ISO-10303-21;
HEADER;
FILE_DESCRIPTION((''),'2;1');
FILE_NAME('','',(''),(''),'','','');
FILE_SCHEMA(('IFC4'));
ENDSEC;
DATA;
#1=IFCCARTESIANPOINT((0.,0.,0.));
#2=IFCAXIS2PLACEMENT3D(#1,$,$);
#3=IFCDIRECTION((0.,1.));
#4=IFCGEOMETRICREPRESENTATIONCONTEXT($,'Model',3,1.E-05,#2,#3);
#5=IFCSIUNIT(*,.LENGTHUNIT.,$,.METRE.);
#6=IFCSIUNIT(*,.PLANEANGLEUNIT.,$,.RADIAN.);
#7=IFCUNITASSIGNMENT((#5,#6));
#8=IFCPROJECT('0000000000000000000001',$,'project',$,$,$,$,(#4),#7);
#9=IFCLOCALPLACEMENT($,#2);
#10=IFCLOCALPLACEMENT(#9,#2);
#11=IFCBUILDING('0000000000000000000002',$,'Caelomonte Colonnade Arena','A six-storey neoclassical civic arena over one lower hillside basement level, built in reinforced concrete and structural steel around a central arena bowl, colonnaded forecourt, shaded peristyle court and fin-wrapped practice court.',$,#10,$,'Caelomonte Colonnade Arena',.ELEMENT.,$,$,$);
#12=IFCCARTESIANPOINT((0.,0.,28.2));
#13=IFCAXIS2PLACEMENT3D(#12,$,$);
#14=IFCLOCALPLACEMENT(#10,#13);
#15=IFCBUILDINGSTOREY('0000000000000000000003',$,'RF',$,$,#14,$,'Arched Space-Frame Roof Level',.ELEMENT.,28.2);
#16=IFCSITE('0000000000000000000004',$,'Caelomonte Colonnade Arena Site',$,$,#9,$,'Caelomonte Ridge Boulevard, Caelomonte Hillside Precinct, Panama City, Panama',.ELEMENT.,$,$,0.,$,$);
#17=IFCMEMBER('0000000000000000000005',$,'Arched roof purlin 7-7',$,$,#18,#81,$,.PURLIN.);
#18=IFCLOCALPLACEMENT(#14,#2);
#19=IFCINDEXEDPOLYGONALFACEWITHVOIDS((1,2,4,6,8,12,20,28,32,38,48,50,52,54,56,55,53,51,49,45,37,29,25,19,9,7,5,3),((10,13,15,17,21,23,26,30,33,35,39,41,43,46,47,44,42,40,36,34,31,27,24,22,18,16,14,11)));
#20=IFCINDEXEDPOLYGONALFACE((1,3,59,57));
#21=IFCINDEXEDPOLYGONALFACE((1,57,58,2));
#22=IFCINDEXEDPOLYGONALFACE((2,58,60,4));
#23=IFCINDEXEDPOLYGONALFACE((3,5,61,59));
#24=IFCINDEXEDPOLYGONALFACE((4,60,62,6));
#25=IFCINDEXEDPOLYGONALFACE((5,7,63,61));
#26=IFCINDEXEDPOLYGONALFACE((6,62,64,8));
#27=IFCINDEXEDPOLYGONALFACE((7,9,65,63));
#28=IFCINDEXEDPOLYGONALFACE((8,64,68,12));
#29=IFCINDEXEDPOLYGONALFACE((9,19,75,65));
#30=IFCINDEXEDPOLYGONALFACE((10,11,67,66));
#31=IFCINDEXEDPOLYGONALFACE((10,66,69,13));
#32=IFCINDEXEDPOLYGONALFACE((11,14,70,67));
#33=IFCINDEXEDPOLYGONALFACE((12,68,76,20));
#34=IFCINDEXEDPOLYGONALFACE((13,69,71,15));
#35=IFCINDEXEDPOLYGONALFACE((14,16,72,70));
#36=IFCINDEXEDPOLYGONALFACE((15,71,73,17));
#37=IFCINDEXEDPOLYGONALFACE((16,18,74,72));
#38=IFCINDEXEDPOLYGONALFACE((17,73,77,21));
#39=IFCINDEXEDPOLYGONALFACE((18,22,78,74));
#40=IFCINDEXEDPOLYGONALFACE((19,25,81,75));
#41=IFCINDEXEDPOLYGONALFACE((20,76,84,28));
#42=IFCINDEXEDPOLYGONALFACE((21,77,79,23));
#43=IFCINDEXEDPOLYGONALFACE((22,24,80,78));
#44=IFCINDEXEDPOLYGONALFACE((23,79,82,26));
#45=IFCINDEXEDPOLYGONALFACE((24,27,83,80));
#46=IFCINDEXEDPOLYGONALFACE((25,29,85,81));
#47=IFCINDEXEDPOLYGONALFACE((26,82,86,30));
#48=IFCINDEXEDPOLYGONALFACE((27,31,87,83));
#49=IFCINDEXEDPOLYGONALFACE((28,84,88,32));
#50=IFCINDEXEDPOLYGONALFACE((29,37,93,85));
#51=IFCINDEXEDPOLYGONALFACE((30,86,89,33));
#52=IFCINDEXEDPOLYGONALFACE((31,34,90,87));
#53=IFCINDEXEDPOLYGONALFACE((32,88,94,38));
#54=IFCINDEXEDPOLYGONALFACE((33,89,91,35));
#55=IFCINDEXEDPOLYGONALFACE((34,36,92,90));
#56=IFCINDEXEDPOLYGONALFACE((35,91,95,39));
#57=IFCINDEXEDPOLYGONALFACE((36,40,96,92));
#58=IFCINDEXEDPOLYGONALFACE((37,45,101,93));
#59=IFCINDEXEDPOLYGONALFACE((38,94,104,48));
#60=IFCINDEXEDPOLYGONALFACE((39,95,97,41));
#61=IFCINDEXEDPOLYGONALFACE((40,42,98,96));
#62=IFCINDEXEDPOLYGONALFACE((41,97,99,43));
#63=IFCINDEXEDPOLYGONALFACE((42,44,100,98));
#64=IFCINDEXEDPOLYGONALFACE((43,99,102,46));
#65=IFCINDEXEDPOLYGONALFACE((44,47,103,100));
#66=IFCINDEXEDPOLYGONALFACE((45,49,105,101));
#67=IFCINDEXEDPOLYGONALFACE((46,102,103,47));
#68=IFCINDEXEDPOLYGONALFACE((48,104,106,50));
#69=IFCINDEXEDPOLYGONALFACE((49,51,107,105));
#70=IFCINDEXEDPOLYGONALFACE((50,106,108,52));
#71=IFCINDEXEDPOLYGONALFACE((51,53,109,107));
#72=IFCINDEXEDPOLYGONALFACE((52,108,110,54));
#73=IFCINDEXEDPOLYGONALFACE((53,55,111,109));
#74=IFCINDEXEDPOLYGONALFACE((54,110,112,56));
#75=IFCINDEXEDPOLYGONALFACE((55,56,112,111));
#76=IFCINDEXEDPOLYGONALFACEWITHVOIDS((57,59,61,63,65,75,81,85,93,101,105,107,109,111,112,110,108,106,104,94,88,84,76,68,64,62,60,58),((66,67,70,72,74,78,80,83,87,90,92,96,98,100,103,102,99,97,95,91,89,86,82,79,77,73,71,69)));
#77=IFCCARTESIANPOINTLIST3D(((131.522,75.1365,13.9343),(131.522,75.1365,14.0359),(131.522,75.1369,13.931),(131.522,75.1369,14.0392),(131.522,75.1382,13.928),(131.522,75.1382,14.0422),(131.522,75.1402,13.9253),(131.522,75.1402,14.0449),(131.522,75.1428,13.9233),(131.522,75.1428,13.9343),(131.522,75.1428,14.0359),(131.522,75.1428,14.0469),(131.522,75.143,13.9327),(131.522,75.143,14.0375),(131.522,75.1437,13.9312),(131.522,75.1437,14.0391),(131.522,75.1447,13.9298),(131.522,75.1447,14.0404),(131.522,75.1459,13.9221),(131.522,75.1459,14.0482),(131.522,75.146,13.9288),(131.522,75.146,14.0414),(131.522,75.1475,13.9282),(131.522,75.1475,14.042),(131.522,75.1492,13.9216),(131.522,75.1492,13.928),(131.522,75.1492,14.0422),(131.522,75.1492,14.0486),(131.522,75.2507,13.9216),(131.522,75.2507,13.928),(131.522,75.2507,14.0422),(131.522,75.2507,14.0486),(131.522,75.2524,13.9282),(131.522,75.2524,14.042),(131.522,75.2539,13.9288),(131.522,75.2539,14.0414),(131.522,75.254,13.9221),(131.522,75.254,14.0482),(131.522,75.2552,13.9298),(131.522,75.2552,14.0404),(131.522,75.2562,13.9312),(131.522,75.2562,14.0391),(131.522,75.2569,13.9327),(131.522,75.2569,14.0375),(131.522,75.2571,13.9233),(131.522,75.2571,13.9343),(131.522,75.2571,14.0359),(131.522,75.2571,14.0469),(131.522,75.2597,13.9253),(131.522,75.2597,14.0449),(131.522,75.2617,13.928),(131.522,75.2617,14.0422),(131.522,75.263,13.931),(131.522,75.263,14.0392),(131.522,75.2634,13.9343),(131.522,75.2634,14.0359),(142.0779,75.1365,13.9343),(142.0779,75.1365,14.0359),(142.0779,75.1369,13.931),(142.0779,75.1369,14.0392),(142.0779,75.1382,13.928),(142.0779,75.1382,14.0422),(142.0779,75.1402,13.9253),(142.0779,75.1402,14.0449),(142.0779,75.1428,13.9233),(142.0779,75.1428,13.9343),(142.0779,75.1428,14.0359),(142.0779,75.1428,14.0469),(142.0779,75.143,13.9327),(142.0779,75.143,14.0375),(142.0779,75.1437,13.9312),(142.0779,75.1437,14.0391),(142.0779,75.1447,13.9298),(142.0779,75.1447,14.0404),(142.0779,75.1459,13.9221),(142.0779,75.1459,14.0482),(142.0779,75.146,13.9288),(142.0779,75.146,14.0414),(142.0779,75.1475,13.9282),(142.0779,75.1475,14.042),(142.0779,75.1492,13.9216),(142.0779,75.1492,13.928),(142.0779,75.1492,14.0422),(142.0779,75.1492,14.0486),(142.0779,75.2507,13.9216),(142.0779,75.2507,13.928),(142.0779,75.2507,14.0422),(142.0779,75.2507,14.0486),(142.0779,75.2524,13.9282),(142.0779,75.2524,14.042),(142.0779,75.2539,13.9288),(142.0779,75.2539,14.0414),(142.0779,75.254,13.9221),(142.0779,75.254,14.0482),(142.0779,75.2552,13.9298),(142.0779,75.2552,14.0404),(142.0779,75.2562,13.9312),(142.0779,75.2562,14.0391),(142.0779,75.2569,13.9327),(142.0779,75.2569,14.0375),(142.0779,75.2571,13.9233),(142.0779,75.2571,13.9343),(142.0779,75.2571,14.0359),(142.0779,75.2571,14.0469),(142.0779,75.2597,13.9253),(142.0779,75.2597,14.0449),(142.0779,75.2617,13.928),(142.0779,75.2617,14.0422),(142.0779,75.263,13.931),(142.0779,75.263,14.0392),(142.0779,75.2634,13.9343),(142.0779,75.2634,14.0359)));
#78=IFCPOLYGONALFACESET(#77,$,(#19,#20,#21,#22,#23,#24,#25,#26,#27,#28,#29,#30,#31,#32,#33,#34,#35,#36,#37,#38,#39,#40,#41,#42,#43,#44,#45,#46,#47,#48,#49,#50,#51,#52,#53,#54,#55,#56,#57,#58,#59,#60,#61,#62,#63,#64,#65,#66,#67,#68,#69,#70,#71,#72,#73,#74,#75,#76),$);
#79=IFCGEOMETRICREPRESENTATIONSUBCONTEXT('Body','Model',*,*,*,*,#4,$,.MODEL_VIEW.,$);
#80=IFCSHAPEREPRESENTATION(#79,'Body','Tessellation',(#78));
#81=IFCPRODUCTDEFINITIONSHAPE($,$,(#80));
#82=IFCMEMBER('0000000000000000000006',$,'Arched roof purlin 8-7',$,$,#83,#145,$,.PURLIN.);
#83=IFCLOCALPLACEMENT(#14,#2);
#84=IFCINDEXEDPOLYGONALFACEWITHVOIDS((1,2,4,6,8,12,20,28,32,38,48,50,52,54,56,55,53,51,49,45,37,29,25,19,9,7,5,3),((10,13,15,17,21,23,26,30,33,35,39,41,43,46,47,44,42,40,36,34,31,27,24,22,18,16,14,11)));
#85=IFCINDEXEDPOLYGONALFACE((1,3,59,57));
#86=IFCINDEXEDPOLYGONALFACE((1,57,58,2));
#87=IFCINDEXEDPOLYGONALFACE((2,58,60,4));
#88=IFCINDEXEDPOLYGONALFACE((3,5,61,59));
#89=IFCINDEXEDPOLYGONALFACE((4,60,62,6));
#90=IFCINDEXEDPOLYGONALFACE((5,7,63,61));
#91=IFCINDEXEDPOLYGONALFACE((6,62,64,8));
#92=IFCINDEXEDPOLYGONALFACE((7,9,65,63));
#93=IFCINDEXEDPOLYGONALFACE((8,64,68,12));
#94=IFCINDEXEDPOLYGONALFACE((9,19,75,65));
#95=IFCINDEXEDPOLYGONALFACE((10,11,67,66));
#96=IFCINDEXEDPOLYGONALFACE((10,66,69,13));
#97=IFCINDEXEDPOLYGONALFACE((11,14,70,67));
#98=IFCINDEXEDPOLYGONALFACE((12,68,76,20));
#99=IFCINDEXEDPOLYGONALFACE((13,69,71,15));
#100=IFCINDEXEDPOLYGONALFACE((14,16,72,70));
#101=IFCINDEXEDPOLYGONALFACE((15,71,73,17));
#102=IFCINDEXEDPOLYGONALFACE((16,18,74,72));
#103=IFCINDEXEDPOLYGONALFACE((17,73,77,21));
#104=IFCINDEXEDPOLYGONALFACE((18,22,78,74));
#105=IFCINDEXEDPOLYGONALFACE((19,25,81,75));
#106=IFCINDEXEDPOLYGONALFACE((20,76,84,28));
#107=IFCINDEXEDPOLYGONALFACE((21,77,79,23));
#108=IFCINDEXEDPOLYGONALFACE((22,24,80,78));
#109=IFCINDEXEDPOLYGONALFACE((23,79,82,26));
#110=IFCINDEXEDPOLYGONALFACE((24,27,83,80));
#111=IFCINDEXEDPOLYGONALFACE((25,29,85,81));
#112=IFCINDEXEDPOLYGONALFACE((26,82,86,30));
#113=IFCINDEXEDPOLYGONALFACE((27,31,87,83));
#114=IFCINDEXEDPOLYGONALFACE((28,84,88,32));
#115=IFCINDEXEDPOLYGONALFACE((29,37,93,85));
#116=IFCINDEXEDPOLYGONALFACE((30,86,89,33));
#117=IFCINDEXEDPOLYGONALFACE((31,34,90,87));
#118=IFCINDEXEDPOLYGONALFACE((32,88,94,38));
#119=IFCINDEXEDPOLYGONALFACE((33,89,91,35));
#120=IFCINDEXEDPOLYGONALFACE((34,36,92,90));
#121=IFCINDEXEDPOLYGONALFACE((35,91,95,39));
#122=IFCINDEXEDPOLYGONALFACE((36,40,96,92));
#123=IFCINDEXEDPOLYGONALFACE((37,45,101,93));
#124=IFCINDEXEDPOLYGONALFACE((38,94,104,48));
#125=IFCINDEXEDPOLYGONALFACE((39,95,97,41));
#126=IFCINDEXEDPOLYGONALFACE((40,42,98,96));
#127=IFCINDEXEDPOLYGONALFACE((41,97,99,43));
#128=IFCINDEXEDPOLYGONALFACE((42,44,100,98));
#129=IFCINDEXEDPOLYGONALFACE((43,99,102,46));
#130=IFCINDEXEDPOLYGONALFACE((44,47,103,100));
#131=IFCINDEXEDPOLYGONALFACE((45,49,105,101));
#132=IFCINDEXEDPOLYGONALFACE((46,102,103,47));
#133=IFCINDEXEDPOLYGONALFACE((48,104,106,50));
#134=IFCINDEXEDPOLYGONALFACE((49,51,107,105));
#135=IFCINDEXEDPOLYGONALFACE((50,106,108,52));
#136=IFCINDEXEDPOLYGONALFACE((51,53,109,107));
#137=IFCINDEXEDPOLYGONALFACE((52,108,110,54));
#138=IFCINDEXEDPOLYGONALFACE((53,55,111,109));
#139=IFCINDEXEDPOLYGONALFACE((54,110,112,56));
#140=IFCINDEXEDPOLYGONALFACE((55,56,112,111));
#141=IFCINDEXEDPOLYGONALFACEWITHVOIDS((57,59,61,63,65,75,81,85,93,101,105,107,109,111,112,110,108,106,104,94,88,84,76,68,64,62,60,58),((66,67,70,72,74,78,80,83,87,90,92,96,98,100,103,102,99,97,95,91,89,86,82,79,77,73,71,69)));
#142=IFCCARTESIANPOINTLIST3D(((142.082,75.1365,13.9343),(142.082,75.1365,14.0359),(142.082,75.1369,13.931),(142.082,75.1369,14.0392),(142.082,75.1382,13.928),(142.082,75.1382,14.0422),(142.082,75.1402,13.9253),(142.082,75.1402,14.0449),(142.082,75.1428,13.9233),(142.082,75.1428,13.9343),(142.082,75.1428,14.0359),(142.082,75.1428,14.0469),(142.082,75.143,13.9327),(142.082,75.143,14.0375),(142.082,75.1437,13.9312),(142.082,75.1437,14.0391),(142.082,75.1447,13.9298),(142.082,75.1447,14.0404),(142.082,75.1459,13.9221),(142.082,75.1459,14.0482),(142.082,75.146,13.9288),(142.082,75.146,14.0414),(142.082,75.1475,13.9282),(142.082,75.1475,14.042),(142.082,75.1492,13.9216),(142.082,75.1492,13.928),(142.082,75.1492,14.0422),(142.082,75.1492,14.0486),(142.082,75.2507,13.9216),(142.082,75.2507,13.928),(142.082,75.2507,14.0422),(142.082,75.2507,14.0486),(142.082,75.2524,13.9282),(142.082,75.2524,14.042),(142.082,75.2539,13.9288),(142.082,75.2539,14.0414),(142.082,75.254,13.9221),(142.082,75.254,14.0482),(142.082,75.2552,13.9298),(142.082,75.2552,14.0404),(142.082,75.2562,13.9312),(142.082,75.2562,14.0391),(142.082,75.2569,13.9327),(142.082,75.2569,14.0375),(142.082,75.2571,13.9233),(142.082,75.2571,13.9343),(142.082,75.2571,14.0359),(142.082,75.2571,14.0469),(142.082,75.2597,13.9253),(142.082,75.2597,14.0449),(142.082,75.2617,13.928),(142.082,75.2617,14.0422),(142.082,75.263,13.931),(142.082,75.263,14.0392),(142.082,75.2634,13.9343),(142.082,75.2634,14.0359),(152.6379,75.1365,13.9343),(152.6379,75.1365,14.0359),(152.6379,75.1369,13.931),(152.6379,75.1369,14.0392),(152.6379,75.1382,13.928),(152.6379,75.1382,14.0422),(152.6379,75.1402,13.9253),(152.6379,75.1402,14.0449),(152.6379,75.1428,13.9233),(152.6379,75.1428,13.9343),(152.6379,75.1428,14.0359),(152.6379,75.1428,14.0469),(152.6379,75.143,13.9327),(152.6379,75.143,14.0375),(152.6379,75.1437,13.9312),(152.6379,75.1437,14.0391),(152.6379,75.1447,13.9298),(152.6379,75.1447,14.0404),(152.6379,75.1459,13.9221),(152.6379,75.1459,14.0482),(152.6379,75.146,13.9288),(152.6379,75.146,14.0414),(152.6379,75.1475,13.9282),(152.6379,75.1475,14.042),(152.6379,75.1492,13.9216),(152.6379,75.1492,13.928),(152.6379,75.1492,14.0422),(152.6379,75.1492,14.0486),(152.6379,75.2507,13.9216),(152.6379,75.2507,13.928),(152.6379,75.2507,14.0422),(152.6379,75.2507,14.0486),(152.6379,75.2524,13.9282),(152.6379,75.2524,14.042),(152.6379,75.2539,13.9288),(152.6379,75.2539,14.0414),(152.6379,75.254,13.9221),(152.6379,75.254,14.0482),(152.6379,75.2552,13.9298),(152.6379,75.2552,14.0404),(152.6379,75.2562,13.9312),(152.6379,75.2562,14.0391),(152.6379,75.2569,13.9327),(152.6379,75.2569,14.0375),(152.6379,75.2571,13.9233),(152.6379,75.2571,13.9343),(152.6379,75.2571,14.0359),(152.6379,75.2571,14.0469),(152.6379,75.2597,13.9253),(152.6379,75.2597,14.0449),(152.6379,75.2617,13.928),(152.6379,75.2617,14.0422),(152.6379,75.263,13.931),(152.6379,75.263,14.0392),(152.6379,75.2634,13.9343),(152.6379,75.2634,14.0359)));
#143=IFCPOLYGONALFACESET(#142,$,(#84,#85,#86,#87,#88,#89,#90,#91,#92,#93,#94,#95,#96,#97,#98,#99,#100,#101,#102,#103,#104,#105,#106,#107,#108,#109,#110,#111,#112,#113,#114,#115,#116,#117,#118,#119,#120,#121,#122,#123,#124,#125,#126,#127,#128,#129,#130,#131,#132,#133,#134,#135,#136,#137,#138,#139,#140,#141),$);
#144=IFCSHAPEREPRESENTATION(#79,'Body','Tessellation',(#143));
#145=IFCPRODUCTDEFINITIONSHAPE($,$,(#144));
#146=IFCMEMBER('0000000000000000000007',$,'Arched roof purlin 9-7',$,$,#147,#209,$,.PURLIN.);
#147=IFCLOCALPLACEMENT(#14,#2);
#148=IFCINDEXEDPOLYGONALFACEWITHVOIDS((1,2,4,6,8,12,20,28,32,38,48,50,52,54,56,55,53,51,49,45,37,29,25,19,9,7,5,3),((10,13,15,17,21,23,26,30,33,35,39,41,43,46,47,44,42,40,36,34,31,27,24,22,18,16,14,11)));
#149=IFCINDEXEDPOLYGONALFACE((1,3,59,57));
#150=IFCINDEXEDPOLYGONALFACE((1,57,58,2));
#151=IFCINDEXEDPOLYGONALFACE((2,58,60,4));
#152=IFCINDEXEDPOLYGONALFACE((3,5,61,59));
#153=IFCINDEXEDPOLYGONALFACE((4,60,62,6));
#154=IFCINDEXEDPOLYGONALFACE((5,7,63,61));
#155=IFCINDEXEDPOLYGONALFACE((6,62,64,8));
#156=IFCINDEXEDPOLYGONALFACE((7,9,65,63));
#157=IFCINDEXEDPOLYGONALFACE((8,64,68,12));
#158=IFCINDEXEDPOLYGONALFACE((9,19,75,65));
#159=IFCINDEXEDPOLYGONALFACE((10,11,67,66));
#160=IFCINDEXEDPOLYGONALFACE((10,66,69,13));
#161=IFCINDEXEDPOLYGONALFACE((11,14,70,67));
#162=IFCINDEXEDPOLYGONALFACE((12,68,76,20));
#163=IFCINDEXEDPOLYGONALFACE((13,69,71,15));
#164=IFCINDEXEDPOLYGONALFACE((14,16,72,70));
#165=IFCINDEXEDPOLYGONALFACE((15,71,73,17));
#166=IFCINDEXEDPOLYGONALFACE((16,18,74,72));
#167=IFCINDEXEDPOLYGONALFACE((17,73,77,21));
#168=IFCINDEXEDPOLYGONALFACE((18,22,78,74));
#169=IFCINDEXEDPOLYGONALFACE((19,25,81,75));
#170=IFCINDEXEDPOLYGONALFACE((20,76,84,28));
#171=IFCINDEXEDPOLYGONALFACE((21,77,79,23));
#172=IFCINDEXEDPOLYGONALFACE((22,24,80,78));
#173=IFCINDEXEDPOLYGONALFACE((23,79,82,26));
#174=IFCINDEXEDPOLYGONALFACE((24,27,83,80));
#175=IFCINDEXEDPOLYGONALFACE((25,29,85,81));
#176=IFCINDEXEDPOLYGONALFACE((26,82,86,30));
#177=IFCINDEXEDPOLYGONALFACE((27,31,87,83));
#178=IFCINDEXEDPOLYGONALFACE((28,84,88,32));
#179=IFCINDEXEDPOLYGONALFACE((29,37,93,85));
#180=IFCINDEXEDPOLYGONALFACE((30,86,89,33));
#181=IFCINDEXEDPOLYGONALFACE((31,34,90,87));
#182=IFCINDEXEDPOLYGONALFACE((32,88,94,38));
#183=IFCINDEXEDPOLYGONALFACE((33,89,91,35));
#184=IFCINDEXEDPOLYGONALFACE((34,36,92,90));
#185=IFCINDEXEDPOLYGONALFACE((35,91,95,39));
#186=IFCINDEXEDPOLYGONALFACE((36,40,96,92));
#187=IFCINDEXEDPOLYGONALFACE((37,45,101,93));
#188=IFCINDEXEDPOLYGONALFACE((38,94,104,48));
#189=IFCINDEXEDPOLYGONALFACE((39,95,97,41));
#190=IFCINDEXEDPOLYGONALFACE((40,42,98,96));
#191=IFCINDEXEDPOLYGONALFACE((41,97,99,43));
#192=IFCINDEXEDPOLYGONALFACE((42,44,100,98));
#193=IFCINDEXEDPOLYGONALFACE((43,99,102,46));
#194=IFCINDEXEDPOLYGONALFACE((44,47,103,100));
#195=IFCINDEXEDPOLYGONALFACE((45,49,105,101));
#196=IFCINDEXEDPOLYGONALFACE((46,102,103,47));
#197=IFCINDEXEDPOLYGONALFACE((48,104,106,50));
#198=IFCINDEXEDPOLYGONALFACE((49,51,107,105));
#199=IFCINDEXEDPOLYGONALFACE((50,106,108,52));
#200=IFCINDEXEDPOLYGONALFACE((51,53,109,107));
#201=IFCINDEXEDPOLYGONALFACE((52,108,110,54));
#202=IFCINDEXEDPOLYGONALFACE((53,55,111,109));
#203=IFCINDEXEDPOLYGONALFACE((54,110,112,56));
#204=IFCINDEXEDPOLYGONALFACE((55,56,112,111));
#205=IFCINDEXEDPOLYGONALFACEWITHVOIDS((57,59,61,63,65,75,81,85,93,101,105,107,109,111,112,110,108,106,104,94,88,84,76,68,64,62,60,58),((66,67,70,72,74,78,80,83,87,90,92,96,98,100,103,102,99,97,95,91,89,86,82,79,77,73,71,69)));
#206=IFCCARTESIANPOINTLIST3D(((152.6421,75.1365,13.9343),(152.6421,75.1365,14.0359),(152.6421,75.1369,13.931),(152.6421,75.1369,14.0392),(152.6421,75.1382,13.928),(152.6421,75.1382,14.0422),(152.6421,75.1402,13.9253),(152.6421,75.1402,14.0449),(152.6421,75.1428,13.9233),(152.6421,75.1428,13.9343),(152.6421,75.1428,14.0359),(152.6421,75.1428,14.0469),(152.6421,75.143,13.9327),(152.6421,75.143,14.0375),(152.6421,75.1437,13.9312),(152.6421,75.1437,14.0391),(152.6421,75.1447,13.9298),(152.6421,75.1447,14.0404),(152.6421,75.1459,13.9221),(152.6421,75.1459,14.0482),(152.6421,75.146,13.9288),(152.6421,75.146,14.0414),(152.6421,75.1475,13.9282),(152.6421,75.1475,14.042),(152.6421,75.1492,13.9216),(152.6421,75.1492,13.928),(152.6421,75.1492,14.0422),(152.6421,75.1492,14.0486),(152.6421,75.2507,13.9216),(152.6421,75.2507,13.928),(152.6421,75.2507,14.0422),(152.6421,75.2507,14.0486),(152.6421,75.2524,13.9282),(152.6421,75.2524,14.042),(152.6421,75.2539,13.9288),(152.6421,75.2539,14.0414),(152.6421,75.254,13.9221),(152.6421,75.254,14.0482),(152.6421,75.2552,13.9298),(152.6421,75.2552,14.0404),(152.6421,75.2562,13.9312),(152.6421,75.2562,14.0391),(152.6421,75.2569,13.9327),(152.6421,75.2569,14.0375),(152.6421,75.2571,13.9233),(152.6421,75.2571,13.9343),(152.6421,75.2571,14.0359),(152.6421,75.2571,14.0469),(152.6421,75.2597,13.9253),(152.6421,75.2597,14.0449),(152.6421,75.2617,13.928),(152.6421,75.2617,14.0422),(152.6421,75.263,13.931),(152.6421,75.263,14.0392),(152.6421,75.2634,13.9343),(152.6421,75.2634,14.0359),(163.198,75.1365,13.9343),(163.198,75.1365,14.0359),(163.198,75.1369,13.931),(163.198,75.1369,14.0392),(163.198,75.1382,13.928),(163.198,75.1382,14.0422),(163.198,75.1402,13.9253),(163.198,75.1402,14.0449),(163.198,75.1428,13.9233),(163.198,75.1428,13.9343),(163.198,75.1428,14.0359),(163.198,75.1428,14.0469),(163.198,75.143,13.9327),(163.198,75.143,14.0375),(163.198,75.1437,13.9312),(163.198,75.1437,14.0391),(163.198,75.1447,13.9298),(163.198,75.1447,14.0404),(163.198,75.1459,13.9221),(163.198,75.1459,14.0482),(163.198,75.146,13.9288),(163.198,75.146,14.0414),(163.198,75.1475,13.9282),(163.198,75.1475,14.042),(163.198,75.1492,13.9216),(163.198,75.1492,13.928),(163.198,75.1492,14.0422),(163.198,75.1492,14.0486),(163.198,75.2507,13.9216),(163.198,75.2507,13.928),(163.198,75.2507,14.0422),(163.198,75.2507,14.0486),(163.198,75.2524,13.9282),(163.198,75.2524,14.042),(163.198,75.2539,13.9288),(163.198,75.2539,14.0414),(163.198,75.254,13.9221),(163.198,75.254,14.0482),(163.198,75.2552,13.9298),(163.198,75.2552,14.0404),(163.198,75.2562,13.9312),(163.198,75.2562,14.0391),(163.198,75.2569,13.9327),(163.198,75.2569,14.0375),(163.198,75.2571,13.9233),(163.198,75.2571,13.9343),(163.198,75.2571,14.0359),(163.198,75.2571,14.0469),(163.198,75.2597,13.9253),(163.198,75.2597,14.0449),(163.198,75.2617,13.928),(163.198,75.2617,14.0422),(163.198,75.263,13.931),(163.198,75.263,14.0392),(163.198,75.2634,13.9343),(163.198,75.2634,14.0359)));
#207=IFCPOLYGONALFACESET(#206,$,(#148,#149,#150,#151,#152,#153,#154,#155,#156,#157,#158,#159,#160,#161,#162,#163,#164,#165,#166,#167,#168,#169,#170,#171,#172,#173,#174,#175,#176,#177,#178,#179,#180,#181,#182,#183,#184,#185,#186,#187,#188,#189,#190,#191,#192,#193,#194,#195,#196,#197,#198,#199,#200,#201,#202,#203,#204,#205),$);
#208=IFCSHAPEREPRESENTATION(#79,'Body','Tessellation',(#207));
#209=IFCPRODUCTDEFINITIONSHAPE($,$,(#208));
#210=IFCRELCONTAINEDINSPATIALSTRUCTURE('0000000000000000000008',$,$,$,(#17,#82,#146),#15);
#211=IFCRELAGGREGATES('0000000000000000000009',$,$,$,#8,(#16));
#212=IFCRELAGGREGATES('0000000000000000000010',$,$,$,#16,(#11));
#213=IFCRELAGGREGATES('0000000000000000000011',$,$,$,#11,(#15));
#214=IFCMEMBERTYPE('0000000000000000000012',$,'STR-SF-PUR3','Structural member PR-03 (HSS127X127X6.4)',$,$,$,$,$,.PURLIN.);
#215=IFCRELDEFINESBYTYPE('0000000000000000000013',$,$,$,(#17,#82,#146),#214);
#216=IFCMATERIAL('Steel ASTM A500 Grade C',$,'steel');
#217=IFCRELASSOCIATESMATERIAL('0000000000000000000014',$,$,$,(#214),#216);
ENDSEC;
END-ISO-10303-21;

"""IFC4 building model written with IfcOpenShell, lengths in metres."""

from ifc_helpers import new_model, si_unit, direction, frame, origin, origin_2d, place, context, subcontext, project, spatial, hollow_rectangle, extrude, material, material_profile, profile_set, type_object, element, save


model = new_model("IFC4")

# Units and contexts
model_context = context("Model", 3, precision=1e-05, world=origin(), true_north=direction((0.0, 1.0)))
body_context = subcontext(model_context, "Body", "Model", "MODEL_VIEW")
ifc_project = project(units=[si_unit("LENGTHUNIT", "METRE"), si_unit("PLANEANGLEUNIT", "RADIAN")], contexts=[model_context])

# Site, building, storey
site_placement = place(None, origin())
site = spatial("IfcSite", under=ifc_project, at=site_placement, Name="Caelomonte Colonnade Arena Site", LongName="Caelomonte Ridge Boulevard, Caelomonte Hillside Precinct, Panama City, Panama", CompositionType="ELEMENT", RefElevation=0.0)
building_placement = place(site_placement, origin())
building = spatial("IfcBuilding", under=site, at=building_placement, Name="Caelomonte Colonnade Arena", Description="A six-storey neoclassical civic arena over one lower hillside basement level, built in reinforced concrete and structural steel around a central arena bowl, colonnaded forecourt, shaded peristyle court and fin-wrapped practice court.", LongName="Caelomonte Colonnade Arena", CompositionType="ELEMENT")
storey_placement = place(building_placement, frame((0.0, 0.0, 28.2)))
storey = spatial("IfcBuildingStorey", under=building, at=storey_placement, Name="RF", LongName="Arched Space-Frame Roof Level", CompositionType="ELEMENT", Elevation=28.2)

# Members
ifc_material_1 = material(Name="Steel ASTM A500 Grade C", Category="steel")
ifc_material_profile_1 = material_profile(ifc_material_1, hollow_rectangle(XDim=0.127, YDim=0.127, WallThickness=0.0063, InnerFilletRadius=0.0063, OuterFilletRadius=0.0127, at=origin_2d()), Name="HSS127X127X6.4")
ifc_profile_set_1 = profile_set([ifc_material_profile_1], Name="Steel ASTM A500 Grade C")
member_type_1 = type_object("IfcMemberType", Name="STR-SF-PUR3", Description="Structural member PR-03 (HSS127X127X6.4)", PredefinedType="PURLIN", material=ifc_profile_set_1)
for number, where, z_axis, x_axis, name in (
    (1, (131.522, 75.2, 13.9851), (1.0, 0.0, 0.0), (0.0, 1.0, 0.0), "Arched roof purlin 7-7"),
    (2, (142.082, 75.2, 13.9851), (1.0, 0.0, 0.0), (0.0, 1.0, 0.0), "Arched roof purlin 8-7"),
    (3, (152.6421, 75.2, 13.9851), (1.0, 0.0, 0.0), (0.0, 1.0, 0.0), "Arched roof purlin 9-7"),
):
    element("IfcMember", number, at=place(storey_placement, frame(where, z_axis=z_axis, x_axis=x_axis)), inside=storey, type_object=member_type_1, Name=name, PredefinedType="PURLIN", context=body_context, shape_type="SweptSolid", body=[
        extrude(hollow_rectangle(XDim=0.127, YDim=0.127, WallThickness=0.0063, InnerFilletRadius=0.0063, OuterFilletRadius=0.0127, at=origin_2d()), origin(), (0.0, 0.0, 1.0), 10.5559),
    ])

save(model, "model.ifc")
